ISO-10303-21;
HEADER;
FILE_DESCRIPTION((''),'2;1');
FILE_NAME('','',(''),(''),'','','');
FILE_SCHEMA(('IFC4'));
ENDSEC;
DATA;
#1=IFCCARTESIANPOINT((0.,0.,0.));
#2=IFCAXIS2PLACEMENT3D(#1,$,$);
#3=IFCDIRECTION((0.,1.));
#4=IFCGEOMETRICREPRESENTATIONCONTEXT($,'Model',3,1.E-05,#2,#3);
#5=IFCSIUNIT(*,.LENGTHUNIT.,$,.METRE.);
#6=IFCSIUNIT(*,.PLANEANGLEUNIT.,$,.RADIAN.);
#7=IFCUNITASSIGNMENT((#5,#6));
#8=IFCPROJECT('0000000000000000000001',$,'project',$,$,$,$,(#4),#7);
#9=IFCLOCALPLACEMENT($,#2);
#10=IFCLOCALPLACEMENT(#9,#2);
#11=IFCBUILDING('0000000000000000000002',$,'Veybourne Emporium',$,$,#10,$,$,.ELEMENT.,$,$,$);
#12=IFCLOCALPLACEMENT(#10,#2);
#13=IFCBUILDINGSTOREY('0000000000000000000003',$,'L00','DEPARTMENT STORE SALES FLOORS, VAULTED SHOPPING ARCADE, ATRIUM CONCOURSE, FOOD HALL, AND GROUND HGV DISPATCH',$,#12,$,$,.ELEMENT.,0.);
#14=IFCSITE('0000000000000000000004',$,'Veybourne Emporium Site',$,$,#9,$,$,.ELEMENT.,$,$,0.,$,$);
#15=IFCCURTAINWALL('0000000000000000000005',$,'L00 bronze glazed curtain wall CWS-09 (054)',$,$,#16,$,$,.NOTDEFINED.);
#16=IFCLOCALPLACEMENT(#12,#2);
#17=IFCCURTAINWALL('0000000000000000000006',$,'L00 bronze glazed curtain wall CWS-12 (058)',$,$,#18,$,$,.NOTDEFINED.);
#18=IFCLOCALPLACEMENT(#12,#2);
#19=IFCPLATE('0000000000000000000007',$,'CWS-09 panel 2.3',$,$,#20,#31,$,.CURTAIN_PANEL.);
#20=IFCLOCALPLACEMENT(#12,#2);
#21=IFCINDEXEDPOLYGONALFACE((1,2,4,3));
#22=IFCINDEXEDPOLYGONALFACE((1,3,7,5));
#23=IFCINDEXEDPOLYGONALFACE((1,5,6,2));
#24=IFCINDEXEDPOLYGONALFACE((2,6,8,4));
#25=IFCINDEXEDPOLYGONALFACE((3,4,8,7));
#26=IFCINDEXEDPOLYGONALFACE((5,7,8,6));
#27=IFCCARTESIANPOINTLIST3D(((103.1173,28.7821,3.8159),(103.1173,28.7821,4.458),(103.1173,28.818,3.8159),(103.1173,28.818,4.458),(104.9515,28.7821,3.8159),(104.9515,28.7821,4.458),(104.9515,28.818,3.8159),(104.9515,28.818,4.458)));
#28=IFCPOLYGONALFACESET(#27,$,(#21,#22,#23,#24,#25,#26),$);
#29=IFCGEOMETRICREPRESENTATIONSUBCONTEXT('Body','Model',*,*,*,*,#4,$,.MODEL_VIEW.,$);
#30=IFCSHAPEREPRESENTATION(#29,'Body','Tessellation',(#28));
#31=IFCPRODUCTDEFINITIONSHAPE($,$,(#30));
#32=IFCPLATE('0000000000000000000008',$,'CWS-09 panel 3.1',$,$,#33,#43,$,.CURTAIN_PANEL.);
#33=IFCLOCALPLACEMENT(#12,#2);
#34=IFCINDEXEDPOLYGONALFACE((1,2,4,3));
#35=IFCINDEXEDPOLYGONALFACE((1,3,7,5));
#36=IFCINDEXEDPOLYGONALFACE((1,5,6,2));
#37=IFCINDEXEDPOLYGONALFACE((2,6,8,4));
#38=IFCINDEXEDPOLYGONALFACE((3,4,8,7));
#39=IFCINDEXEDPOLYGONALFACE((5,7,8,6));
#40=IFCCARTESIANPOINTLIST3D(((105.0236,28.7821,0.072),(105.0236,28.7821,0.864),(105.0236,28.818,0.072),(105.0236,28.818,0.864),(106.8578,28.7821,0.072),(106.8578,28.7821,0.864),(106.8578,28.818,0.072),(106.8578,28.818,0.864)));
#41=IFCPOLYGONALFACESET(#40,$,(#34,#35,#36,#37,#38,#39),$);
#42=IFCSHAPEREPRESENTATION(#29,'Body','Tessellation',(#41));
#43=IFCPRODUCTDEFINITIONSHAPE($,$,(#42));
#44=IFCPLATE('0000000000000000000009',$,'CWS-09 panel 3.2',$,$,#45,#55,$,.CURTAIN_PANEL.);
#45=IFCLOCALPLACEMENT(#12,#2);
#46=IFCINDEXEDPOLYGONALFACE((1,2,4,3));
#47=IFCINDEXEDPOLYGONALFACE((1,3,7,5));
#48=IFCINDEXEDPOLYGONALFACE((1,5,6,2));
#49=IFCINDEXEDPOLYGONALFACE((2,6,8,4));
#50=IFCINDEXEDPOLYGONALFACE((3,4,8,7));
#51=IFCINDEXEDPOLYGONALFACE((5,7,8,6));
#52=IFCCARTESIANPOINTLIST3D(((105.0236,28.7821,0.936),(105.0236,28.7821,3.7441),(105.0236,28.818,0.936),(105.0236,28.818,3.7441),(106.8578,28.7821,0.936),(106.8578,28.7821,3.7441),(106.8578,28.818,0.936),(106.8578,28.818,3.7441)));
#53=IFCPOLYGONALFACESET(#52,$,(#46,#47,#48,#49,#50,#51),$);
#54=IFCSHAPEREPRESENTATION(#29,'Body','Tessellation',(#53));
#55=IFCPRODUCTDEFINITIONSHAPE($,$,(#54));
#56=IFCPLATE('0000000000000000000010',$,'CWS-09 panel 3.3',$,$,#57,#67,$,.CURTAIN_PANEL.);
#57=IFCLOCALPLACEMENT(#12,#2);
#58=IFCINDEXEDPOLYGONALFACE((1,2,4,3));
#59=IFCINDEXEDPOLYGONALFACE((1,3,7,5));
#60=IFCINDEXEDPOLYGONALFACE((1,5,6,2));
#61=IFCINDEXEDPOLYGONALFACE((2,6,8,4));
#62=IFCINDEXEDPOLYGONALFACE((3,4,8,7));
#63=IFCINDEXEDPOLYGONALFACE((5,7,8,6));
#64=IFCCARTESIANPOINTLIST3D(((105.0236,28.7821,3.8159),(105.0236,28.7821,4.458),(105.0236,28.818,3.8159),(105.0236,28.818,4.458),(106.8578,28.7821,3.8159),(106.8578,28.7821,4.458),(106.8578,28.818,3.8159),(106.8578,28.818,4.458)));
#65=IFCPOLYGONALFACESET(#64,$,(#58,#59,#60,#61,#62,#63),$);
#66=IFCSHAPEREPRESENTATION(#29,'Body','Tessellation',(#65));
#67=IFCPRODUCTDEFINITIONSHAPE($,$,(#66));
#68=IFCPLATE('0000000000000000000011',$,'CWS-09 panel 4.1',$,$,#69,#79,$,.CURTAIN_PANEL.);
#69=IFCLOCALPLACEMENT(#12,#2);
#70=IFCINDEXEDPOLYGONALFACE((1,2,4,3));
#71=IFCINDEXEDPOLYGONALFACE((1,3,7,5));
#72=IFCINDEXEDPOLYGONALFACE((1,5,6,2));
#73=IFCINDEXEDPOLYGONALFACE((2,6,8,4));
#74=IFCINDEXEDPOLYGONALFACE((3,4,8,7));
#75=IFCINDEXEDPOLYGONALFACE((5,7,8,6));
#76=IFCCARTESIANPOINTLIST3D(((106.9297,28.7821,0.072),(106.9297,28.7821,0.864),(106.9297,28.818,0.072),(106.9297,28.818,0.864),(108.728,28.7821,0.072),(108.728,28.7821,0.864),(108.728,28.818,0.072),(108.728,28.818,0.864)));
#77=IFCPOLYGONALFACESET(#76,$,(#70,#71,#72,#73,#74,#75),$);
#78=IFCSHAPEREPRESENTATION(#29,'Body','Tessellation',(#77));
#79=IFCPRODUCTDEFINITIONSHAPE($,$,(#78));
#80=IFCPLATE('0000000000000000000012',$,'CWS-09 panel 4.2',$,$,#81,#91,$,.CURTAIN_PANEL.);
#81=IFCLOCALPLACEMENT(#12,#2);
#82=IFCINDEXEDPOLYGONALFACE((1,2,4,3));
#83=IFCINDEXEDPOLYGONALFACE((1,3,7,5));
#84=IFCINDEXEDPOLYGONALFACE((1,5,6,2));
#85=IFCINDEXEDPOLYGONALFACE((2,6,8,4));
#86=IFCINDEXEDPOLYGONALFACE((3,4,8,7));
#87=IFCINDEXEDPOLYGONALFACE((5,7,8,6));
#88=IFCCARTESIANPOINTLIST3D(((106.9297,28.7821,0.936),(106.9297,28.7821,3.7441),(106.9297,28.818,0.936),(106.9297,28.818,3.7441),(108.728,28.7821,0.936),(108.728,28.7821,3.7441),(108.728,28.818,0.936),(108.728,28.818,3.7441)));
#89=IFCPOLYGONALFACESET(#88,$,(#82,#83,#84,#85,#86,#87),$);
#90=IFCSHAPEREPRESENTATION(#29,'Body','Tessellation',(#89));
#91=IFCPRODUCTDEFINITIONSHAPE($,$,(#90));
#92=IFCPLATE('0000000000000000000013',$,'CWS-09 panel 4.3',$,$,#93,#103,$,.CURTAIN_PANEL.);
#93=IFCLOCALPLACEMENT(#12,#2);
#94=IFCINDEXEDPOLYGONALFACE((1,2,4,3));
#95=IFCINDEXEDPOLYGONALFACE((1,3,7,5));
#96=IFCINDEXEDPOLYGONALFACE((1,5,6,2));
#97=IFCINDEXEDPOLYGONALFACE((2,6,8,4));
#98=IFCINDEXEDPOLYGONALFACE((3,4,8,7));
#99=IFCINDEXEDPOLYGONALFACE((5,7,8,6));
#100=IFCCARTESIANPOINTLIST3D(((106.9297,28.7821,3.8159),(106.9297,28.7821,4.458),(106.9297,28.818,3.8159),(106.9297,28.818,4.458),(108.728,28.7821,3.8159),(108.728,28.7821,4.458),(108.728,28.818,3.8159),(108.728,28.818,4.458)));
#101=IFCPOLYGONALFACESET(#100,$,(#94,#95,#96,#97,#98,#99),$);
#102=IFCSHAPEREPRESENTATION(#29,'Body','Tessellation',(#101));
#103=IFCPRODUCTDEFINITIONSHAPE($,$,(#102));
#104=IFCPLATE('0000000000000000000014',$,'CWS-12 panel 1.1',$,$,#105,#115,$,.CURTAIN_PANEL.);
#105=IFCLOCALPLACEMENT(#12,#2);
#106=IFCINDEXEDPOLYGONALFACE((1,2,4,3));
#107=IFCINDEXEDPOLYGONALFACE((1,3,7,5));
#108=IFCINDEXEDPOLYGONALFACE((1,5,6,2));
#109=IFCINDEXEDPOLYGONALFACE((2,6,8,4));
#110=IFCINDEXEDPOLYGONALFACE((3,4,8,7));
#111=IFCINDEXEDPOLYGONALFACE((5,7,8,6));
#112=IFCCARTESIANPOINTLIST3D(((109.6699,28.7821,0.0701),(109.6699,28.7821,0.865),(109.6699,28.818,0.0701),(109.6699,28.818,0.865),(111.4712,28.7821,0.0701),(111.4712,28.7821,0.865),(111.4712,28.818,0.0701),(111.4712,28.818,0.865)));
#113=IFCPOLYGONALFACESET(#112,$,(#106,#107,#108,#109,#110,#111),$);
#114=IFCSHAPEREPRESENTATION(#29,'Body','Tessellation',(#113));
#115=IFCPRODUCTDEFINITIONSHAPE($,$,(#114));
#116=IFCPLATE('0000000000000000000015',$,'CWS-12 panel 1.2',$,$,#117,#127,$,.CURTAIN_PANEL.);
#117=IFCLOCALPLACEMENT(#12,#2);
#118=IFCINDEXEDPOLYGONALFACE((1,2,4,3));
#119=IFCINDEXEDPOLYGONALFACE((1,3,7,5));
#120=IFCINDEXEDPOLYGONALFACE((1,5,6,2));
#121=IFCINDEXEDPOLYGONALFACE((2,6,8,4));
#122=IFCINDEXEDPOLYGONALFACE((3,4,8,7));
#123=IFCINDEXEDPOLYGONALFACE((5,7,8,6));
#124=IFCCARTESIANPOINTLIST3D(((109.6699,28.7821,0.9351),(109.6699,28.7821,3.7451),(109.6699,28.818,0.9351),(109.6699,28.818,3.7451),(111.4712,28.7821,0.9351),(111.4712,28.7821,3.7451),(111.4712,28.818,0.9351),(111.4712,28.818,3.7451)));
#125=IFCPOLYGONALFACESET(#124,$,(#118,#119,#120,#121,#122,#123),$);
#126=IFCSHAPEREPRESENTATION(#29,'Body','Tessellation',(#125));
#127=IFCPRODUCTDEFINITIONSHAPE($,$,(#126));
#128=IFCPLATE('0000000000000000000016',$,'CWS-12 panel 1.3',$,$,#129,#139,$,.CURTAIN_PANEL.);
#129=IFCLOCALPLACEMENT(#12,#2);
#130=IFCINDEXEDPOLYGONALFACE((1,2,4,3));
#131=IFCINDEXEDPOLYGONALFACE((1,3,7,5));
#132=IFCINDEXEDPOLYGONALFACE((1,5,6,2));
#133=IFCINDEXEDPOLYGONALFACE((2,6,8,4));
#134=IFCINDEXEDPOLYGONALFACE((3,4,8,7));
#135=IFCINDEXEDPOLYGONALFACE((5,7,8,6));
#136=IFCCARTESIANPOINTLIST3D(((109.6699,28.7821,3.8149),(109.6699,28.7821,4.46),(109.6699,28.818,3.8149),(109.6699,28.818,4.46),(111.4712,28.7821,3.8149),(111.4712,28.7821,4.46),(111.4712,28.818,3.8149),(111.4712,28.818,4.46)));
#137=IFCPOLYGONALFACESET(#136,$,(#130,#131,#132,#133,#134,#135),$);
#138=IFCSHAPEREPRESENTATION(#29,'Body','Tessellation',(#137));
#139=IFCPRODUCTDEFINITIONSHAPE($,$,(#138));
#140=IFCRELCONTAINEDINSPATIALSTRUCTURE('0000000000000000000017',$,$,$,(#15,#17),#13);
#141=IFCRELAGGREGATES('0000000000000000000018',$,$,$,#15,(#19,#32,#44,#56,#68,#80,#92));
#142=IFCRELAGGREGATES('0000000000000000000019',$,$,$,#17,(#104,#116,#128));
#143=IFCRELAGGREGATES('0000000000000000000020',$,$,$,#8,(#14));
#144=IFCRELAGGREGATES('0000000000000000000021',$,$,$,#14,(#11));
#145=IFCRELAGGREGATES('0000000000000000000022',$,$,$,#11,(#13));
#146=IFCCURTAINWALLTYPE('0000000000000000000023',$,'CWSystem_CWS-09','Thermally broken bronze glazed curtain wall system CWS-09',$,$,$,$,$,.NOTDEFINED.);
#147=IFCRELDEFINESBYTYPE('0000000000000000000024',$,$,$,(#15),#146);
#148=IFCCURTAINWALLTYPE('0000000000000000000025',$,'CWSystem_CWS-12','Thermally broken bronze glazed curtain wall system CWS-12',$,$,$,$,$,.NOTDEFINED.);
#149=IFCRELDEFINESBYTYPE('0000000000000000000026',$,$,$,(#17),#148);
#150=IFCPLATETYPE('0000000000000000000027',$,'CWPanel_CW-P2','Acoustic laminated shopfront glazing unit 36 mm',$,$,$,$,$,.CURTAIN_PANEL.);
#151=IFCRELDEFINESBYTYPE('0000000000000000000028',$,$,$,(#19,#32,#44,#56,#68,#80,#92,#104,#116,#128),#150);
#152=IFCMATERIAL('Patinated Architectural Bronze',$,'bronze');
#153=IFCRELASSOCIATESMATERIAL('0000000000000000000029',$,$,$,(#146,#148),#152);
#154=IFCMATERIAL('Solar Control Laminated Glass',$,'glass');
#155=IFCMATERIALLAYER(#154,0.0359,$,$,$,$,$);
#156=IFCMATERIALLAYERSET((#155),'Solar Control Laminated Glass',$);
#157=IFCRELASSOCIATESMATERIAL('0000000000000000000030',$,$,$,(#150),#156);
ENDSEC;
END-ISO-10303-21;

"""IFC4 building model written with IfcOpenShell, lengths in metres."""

from ifc_helpers import new_model, si_unit, direction, frame, origin, origin_2d, place, context, subcontext, project, spatial, rectangle, extrude, material, layer, layer_set, type_object, element, aggregate, save


model = new_model("IFC4")

# Units and contexts
model_context = context("Model", 3, precision=1e-05, world=origin(), true_north=direction((0.0, 1.0)))
body_context = subcontext(model_context, "Body", "Model", "MODEL_VIEW")
ifc_project = project(units=[si_unit("LENGTHUNIT", "METRE"), si_unit("PLANEANGLEUNIT", "RADIAN")], contexts=[model_context])

# Site, building, storey
site_placement = place(None, origin())
site = spatial("IfcSite", under=ifc_project, at=site_placement, Name="Veybourne Emporium Site", CompositionType="ELEMENT", RefElevation=0.0)
building_placement = place(site_placement, origin())
building = spatial("IfcBuilding", under=site, at=building_placement, Name="Veybourne Emporium", CompositionType="ELEMENT")
storey_placement = place(building_placement, origin())
storey = spatial("IfcBuildingStorey", under=building, at=storey_placement, Name="L00", Description="DEPARTMENT STORE SALES FLOORS, VAULTED SHOPPING ARCADE, ATRIUM CONCOURSE, FOOD HALL, AND GROUND HGV DISPATCH", CompositionType="ELEMENT", Elevation=0.0)

# Curtain walls
ifc_material_1 = material(Name="Patinated Architectural Bronze", Category="bronze")
curtain_wall_type_1 = type_object("IfcCurtainWallType", Name="CWSystem_CWS-09", Description="Thermally broken bronze glazed curtain wall system CWS-09", PredefinedType="NOTDEFINED", material=ifc_material_1)
curtain_wall_1_placement = place(storey_placement, origin())
curtain_wall_1 = element("IfcCurtainWall", 1, at=curtain_wall_1_placement, inside=storey, type_object=curtain_wall_type_1, Name="L00 bronze glazed curtain wall CWS-09 (054)", PredefinedType="NOTDEFINED")
curtain_wall_type_2 = type_object("IfcCurtainWallType", Name="CWSystem_CWS-12", Description="Thermally broken bronze glazed curtain wall system CWS-12", PredefinedType="NOTDEFINED", material=ifc_material_1)
curtain_wall_2_placement = place(storey_placement, origin())
curtain_wall_2 = element("IfcCurtainWall", 2, at=curtain_wall_2_placement, inside=storey, type_object=curtain_wall_type_2, Name="L00 bronze glazed curtain wall CWS-12 (058)", PredefinedType="NOTDEFINED")

# Plates
ifc_material_2 = material(Name="Solar Control Laminated Glass", Category="glass")
ifc_layer = layer(ifc_material_2, 0.0359)
ifc_layer_set = layer_set([ifc_layer], Name="Solar Control Laminated Glass")
plate_type = type_object("IfcPlateType", Name="CWPanel_CW-P2", Description="Acoustic laminated shopfront glazing unit 36 mm", PredefinedType="CURTAIN_PANEL", material=ifc_layer_set)
plate_1_placement = place(storey_placement, frame((104.0344, 28.8, 3.8159), z_axis=(0.0, 0.0, 1.0), x_axis=(1.0, 0.0, 0.0)))
plate_1 = element("IfcPlate", 3, at=plate_1_placement, type_object=plate_type, Name="CWS-09 panel 2.3", PredefinedType="CURTAIN_PANEL", context=body_context, shape_type="SweptSolid", body=[
    extrude(rectangle(XDim=1.8342, YDim=0.0359, at=origin_2d()), origin(), (0.0, 0.0, 1.0), 0.6421),
])
plate_2_placement = place(storey_placement, frame((105.9407, 28.8, 0.072), z_axis=(0.0, 0.0, 1.0), x_axis=(1.0, 0.0, 0.0)))
plate_2 = element("IfcPlate", 4, at=plate_2_placement, type_object=plate_type, Name="CWS-09 panel 3.1", PredefinedType="CURTAIN_PANEL", context=body_context, shape_type="SweptSolid", body=[
    extrude(rectangle(XDim=1.8342, YDim=0.0359, at=origin_2d()), origin(), (0.0, 0.0, 1.0), 0.792),
])
plate_3_placement = place(storey_placement, frame((105.9407, 28.8, 0.936), z_axis=(0.0, 0.0, 1.0), x_axis=(1.0, 0.0, 0.0)))
plate_3 = element("IfcPlate", 5, at=plate_3_placement, type_object=plate_type, Name="CWS-09 panel 3.2", PredefinedType="CURTAIN_PANEL", context=body_context, shape_type="SweptSolid", body=[
    extrude(rectangle(XDim=1.8342, YDim=0.0359, at=origin_2d()), origin(), (0.0, 0.0, 1.0), 2.8081),
])
plate_4_placement = place(storey_placement, frame((105.9407, 28.8, 3.8159), z_axis=(0.0, 0.0, 1.0), x_axis=(1.0, 0.0, 0.0)))
plate_4 = element("IfcPlate", 6, at=plate_4_placement, type_object=plate_type, Name="CWS-09 panel 3.3", PredefinedType="CURTAIN_PANEL", context=body_context, shape_type="SweptSolid", body=[
    extrude(rectangle(XDim=1.8342, YDim=0.0359, at=origin_2d()), origin(), (0.0, 0.0, 1.0), 0.6421),
])
plate_5_placement = place(storey_placement, frame((107.8289, 28.8, 0.072), z_axis=(0.0, 0.0, 1.0), x_axis=(1.0, 0.0, 0.0)))
plate_5 = element("IfcPlate", 7, at=plate_5_placement, type_object=plate_type, Name="CWS-09 panel 4.1", PredefinedType="CURTAIN_PANEL", context=body_context, shape_type="SweptSolid", body=[
    extrude(rectangle(XDim=1.7983, YDim=0.0359, at=origin_2d()), origin(), (0.0, 0.0, 1.0), 0.792),
])
plate_6_placement = place(storey_placement, frame((107.8289, 28.8, 0.936), z_axis=(0.0, 0.0, 1.0), x_axis=(1.0, 0.0, 0.0)))
plate_6 = element("IfcPlate", 8, at=plate_6_placement, type_object=plate_type, Name="CWS-09 panel 4.2", PredefinedType="CURTAIN_PANEL", context=body_context, shape_type="SweptSolid", body=[
    extrude(rectangle(XDim=1.7983, YDim=0.0359, at=origin_2d()), origin(), (0.0, 0.0, 1.0), 2.8081),
])
plate_7_placement = place(storey_placement, frame((107.8289, 28.8, 3.8159), z_axis=(0.0, 0.0, 1.0), x_axis=(1.0, 0.0, 0.0)))
plate_7 = element("IfcPlate", 9, at=plate_7_placement, type_object=plate_type, Name="CWS-09 panel 4.3", PredefinedType="CURTAIN_PANEL", context=body_context, shape_type="SweptSolid", body=[
    extrude(rectangle(XDim=1.7983, YDim=0.0359, at=origin_2d()), origin(), (0.0, 0.0, 1.0), 0.6421),
])
aggregate(curtain_wall_1, [plate_1, plate_2, plate_3, plate_4, plate_5, plate_6, plate_7])
plate_8_placement = place(storey_placement, frame((110.5706, 28.8, 0.0701), z_axis=(0.0, 0.0, 1.0), x_axis=(1.0, 0.0, 0.0)))
plate_8 = element("IfcPlate", 10, at=plate_8_placement, type_object=plate_type, Name="CWS-12 panel 1.1", PredefinedType="CURTAIN_PANEL", context=body_context, shape_type="SweptSolid", body=[
    extrude(rectangle(XDim=1.8013, YDim=0.0359, at=origin_2d()), origin(), (0.0, 0.0, 1.0), 0.7949),
])
plate_9_placement = place(storey_placement, frame((110.5706, 28.8, 0.9351), z_axis=(0.0, 0.0, 1.0), x_axis=(1.0, 0.0, 0.0)))
plate_9 = element("IfcPlate", 11, at=plate_9_placement, type_object=plate_type, Name="CWS-12 panel 1.2", PredefinedType="CURTAIN_PANEL", context=body_context, shape_type="SweptSolid", body=[
    extrude(rectangle(XDim=1.8013, YDim=0.0359, at=origin_2d()), origin(), (0.0, 0.0, 1.0), 2.8101),
])
plate_10_placement = place(storey_placement, frame((110.5706, 28.8, 3.8149), z_axis=(0.0, 0.0, 1.0), x_axis=(1.0, 0.0, 0.0)))
plate_10 = element("IfcPlate", 12, at=plate_10_placement, type_object=plate_type, Name="CWS-12 panel 1.3", PredefinedType="CURTAIN_PANEL", context=body_context, shape_type="SweptSolid", body=[
    extrude(rectangle(XDim=1.8013, YDim=0.0359, at=origin_2d()), origin(), (0.0, 0.0, 1.0), 0.645),
])
aggregate(curtain_wall_2, [plate_8, plate_9, plate_10])

save(model, "model.ifc")
